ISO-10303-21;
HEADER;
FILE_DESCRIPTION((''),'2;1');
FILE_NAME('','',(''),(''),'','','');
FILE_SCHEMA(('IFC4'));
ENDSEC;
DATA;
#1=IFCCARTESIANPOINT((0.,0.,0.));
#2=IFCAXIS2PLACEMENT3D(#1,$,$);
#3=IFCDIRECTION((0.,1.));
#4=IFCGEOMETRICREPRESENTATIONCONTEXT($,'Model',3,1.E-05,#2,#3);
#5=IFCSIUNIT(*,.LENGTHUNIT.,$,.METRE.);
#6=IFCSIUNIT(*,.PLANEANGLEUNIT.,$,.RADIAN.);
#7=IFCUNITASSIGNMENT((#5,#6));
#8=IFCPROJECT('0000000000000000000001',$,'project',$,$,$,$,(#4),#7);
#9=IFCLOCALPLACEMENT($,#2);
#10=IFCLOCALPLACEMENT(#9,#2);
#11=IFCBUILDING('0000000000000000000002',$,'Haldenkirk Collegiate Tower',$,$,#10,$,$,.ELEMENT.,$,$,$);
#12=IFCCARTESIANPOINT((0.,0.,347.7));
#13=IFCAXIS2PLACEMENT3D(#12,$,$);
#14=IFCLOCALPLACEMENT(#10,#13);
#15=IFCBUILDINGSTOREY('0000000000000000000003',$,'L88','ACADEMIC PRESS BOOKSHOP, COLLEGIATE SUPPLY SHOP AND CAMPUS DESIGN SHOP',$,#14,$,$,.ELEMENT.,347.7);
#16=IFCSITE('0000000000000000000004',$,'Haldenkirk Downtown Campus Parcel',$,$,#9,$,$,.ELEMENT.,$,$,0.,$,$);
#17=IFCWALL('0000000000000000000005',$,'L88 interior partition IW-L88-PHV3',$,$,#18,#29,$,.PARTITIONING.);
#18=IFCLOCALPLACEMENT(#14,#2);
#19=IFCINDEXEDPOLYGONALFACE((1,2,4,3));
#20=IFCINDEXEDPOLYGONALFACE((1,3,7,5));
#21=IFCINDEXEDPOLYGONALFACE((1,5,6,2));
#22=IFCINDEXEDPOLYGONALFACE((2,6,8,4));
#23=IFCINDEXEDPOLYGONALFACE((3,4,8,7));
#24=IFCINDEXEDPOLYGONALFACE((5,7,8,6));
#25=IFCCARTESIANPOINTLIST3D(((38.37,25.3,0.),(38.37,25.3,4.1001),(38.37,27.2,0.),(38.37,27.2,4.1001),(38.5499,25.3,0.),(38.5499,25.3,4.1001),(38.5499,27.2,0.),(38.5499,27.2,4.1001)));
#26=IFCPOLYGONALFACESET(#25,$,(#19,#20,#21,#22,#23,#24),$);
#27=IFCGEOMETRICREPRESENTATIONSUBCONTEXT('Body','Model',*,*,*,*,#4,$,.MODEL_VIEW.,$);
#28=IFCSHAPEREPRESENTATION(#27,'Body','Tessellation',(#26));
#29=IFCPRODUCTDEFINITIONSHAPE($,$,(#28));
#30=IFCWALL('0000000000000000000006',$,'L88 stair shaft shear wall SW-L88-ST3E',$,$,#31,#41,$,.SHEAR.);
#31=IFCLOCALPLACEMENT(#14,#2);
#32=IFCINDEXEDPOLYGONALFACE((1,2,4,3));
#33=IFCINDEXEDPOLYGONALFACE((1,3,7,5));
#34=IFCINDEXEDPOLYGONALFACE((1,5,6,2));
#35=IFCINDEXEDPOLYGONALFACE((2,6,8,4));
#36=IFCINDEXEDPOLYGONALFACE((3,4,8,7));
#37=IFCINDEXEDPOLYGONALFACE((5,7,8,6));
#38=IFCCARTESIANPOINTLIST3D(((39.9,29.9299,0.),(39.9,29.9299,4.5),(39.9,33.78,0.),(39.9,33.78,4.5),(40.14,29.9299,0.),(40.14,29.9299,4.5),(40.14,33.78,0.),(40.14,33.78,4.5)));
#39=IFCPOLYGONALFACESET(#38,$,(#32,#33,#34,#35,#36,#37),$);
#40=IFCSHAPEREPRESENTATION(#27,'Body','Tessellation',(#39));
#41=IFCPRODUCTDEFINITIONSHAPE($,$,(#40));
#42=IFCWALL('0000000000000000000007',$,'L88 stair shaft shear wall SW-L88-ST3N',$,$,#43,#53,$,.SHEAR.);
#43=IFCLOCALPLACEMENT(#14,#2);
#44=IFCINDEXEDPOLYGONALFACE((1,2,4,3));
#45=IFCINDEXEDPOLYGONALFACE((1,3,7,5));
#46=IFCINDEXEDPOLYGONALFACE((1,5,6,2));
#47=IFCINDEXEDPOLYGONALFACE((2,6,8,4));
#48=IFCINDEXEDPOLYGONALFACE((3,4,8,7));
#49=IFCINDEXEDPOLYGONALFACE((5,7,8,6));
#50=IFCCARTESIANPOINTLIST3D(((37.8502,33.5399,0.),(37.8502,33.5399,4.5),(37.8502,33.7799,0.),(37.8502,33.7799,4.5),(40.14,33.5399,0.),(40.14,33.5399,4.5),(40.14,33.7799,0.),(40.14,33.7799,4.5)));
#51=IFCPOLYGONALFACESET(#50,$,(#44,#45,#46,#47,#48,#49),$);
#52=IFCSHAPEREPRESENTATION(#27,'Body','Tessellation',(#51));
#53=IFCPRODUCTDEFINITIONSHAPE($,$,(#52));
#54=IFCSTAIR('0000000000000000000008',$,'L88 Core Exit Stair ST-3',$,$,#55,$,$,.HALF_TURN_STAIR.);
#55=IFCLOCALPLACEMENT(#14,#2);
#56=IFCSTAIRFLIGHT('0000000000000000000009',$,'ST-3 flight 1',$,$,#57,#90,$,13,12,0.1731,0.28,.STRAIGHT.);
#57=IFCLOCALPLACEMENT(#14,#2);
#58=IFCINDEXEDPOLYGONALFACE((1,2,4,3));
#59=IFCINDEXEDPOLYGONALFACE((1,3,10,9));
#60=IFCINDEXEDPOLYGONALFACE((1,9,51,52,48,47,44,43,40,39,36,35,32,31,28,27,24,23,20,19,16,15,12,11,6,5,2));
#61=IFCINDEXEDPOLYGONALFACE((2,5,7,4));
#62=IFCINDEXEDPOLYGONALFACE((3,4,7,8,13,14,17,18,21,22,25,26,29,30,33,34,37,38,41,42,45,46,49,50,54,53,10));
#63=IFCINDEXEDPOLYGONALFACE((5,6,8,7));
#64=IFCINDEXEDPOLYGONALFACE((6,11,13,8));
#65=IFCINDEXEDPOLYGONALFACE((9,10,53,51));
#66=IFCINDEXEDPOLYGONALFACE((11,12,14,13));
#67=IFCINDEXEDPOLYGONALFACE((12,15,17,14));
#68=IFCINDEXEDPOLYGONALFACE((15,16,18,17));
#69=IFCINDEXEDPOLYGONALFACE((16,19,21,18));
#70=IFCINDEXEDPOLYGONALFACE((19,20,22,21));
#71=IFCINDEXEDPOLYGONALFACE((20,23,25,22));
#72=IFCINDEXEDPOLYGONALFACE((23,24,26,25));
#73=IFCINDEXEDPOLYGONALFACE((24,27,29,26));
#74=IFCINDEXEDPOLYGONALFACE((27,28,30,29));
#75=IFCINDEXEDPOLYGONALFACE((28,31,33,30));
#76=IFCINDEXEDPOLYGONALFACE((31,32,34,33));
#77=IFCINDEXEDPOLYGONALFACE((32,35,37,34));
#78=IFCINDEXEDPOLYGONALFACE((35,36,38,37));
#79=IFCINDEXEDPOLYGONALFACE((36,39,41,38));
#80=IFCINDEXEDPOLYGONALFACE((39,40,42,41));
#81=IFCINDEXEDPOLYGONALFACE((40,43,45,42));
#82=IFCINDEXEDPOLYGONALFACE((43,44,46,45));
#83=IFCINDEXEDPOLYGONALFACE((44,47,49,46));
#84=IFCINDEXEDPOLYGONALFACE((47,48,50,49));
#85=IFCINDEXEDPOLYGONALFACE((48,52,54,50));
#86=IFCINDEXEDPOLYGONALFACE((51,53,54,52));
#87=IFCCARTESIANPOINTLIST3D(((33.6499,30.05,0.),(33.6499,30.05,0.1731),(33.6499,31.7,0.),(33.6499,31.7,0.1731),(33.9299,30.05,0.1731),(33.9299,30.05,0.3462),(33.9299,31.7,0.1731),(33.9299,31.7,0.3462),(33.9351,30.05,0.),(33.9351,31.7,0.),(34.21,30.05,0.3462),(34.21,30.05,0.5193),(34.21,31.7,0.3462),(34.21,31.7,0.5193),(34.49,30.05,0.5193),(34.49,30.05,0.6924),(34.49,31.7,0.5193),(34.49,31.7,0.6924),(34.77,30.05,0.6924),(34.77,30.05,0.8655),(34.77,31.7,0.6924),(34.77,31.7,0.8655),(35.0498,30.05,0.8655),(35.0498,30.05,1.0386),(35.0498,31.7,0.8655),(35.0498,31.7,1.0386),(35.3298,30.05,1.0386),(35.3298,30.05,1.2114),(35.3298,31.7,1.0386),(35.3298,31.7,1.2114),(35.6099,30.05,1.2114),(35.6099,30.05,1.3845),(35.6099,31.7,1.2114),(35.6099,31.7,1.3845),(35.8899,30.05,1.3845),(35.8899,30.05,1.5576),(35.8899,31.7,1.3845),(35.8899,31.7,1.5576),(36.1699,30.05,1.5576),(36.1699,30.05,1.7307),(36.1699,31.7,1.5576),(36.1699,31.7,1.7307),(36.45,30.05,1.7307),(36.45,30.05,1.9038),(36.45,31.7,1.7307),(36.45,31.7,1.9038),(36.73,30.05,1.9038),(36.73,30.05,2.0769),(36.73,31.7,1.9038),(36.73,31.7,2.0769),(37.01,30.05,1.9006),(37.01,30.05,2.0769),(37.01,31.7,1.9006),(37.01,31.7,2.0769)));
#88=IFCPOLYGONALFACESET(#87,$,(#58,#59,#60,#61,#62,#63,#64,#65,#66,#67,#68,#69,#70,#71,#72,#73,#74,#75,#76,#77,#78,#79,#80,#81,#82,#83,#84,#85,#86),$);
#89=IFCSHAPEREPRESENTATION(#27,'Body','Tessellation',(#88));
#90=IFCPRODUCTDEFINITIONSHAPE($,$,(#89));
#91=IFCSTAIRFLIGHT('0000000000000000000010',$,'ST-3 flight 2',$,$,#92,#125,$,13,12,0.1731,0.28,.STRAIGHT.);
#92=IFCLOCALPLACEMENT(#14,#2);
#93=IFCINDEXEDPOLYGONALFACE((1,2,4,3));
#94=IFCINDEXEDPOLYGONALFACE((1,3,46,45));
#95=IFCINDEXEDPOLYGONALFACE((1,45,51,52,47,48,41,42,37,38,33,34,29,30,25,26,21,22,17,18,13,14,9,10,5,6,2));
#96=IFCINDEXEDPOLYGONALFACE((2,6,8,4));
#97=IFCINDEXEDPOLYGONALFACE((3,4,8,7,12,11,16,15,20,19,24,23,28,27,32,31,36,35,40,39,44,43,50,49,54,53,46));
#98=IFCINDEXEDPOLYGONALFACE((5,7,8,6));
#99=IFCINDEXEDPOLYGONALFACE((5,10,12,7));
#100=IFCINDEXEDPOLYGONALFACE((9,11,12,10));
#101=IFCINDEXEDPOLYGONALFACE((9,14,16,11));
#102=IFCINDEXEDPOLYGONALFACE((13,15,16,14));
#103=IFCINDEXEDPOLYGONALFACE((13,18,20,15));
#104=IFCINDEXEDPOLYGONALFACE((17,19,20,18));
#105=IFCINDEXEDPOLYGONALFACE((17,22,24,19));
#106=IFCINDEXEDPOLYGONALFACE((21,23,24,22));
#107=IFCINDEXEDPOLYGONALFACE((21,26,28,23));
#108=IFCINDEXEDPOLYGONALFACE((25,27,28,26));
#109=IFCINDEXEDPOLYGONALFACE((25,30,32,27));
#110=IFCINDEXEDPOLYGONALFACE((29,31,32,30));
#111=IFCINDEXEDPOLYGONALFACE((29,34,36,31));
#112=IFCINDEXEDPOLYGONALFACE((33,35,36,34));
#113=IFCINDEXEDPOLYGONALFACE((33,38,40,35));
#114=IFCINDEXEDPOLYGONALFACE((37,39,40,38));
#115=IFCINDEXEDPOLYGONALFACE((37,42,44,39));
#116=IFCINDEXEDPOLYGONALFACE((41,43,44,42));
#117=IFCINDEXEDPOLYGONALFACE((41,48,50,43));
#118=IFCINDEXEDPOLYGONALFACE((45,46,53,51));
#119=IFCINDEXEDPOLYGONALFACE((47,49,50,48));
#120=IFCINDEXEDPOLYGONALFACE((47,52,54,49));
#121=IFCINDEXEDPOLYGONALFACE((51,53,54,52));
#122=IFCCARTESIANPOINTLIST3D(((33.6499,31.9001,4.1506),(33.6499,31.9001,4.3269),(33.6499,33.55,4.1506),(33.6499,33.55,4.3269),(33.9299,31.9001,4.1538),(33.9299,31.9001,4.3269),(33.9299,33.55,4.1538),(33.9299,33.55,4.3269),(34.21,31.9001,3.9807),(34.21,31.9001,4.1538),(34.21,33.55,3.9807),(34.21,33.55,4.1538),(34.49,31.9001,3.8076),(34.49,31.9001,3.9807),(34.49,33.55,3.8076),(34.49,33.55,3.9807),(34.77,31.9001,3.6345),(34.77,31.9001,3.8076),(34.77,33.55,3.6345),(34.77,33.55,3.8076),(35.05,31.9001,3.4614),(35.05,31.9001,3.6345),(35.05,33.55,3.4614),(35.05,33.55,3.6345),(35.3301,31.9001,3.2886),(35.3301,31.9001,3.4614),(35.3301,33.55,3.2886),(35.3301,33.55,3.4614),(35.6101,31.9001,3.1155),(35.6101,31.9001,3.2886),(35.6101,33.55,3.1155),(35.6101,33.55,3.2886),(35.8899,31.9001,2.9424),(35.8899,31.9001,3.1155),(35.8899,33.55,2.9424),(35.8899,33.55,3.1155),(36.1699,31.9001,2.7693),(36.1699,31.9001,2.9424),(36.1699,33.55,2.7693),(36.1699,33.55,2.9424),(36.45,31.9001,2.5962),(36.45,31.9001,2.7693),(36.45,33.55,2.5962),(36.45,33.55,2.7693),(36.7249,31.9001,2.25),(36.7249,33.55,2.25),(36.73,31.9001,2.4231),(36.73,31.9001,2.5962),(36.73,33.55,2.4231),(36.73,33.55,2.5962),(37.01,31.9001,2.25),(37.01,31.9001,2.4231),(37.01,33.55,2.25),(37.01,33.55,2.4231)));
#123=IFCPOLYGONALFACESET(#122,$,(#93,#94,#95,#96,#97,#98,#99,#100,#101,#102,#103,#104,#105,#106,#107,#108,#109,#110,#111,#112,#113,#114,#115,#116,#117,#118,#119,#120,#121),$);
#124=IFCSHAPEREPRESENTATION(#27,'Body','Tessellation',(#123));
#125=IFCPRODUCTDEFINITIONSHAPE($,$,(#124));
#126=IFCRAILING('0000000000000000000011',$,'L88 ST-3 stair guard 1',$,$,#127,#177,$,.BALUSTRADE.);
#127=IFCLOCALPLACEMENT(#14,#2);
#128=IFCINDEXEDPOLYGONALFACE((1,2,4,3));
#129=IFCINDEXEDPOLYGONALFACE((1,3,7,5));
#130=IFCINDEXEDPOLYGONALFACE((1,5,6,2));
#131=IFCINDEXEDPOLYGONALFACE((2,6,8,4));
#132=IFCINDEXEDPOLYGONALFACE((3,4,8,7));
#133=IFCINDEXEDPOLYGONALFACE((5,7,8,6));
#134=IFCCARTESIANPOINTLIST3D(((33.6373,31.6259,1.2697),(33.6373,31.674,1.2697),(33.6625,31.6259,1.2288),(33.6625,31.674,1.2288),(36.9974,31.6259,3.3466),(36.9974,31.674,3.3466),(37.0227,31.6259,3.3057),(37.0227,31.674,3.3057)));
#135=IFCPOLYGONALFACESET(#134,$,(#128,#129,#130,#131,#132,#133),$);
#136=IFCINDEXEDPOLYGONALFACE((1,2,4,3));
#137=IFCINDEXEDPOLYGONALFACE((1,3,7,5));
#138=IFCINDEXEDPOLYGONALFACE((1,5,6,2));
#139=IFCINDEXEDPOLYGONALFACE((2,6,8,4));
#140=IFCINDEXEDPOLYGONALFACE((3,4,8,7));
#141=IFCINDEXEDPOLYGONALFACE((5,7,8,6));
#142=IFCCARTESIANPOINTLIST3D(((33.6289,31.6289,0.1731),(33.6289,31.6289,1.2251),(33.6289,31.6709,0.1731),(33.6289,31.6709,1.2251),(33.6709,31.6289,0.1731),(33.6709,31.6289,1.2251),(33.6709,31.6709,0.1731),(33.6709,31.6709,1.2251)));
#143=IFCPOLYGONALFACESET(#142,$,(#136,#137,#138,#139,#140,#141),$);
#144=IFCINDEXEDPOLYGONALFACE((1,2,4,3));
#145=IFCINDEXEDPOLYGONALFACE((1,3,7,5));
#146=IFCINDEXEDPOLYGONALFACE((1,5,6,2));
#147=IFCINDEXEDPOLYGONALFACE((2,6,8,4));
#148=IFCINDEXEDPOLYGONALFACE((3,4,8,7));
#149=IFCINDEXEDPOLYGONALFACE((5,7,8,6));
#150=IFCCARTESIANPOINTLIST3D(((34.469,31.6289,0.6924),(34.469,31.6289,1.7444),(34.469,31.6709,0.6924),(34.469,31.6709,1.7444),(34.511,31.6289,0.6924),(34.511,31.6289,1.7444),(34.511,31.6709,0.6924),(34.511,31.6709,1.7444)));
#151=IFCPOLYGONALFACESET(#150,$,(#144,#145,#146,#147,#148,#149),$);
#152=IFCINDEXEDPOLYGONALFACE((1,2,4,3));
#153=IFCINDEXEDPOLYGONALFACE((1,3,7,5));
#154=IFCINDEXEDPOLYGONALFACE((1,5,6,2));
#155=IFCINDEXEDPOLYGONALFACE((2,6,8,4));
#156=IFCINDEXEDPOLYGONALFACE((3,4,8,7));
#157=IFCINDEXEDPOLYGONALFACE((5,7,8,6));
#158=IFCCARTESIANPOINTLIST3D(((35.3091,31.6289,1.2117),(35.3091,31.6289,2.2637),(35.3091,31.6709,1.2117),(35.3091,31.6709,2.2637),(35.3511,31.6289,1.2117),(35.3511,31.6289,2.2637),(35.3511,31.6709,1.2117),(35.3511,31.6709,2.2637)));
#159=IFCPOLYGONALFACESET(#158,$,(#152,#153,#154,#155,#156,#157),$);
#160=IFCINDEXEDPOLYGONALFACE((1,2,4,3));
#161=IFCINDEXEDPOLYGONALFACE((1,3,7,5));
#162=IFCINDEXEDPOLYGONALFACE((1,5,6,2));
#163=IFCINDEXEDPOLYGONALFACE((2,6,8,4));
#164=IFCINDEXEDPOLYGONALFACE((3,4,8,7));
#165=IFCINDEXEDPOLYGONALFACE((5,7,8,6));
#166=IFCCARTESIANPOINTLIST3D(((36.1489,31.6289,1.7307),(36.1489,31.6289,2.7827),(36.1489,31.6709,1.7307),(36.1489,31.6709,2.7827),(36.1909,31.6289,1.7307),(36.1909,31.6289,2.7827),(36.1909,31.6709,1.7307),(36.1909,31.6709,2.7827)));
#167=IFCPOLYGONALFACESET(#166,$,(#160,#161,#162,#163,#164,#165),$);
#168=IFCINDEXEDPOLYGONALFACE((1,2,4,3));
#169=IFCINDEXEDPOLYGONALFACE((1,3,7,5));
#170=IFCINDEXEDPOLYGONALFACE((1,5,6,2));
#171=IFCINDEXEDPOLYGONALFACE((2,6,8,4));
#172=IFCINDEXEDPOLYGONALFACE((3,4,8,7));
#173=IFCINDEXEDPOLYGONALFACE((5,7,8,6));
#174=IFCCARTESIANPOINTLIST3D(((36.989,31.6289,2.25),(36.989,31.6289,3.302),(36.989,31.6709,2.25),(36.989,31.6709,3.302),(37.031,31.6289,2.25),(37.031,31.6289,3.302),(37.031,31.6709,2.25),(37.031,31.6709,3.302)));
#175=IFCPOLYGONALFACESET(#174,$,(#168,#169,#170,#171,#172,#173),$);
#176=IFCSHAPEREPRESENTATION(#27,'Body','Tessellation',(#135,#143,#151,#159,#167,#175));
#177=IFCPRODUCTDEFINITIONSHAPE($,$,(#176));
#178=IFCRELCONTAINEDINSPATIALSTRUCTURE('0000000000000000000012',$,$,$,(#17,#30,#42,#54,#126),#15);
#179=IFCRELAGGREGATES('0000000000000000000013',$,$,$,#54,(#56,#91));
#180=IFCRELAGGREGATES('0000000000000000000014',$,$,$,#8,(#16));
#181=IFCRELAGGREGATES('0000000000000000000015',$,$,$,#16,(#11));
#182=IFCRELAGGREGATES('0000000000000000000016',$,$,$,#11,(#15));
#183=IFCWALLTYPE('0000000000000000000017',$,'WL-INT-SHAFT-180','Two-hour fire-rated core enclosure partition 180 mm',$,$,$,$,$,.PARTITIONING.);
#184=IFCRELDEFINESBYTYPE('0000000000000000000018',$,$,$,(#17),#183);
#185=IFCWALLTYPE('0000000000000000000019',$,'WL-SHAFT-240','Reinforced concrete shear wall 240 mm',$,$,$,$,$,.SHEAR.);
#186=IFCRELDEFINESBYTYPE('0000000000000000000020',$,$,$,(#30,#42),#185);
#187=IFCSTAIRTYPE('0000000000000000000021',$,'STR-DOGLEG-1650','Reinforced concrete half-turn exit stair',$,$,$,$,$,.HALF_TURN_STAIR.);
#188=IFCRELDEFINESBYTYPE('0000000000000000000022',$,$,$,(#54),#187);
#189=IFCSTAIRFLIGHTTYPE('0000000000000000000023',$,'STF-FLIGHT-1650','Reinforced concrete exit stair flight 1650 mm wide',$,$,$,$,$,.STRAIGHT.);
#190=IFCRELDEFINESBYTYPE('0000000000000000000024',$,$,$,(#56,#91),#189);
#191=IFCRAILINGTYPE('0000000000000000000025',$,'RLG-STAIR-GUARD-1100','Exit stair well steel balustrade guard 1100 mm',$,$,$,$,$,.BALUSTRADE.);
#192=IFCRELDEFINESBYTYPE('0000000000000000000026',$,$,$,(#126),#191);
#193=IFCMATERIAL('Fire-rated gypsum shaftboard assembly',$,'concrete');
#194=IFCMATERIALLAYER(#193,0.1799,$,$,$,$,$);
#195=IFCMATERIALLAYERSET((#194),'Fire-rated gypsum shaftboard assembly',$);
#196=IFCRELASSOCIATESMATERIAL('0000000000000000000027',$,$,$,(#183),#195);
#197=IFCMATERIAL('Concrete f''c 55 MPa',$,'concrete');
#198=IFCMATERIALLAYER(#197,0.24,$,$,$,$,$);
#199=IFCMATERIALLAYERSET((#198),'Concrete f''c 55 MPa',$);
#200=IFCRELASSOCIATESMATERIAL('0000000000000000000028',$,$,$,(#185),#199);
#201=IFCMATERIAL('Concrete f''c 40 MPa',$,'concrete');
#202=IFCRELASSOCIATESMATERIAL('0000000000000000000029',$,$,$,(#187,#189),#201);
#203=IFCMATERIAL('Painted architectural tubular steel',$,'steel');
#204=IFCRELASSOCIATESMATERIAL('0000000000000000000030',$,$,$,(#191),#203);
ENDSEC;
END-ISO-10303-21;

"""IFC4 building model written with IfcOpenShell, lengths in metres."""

from ifc_helpers import new_model, si_unit, direction, frame, frame_2d, origin, origin_2d, place, context, subcontext, project, spatial, polyline, rectangle, outline, extrude, material, layer, layer_set, type_object, element, aggregate, save


model = new_model("IFC4")

# Units and contexts
model_context = context("Model", 3, precision=1e-05, world=origin(), true_north=direction((0.0, 1.0)))
body_context = subcontext(model_context, "Body", "Model", "MODEL_VIEW")
ifc_project = project(units=[si_unit("LENGTHUNIT", "METRE"), si_unit("PLANEANGLEUNIT", "RADIAN")], contexts=[model_context])

# Site, building, storey
site_placement = place(None, origin())
site = spatial("IfcSite", under=ifc_project, at=site_placement, Name="Haldenkirk Downtown Campus Parcel", CompositionType="ELEMENT", RefElevation=0.0)
building_placement = place(site_placement, origin())
building = spatial("IfcBuilding", under=site, at=building_placement, Name="Haldenkirk Collegiate Tower", CompositionType="ELEMENT")
storey_placement = place(building_placement, frame((0.0, 0.0, 347.7)))
storey = spatial("IfcBuildingStorey", under=building, at=storey_placement, Name="L88", Description="ACADEMIC PRESS BOOKSHOP, COLLEGIATE SUPPLY SHOP AND CAMPUS DESIGN SHOP", CompositionType="ELEMENT", Elevation=347.7)

# Walls
ifc_material_1 = material(Name="Fire-rated gypsum shaftboard assembly", Category="concrete")
ifc_layer_1 = layer(ifc_material_1, 0.1799)
ifc_layer_set_1 = layer_set([ifc_layer_1], Name="Fire-rated gypsum shaftboard assembly")
wall_type_1 = type_object("IfcWallType", Name="WL-INT-SHAFT-180", Description="Two-hour fire-rated core enclosure partition 180 mm", PredefinedType="PARTITIONING", material=ifc_layer_set_1)
wall_1_placement = place(storey_placement, frame((38.46, 25.3, 0.0), z_axis=(0.0, 0.0, 1.0), x_axis=(0.0, 1.0, 0.0)))
element("IfcWall", 1, at=wall_1_placement, inside=storey, type_object=wall_type_1, Name="L88 interior partition IW-L88-PHV3", PredefinedType="PARTITIONING", context=body_context, shape_type="SweptSolid", body=[
    extrude(rectangle(XDim=1.8999, YDim=0.1799, at=frame_2d((0.95, 0.0))), origin(), (0.0, 0.0, 1.0), 4.1001),
])
ifc_material_2 = material(Name="Concrete f'c 55 MPa", Category="concrete")
ifc_layer_2 = layer(ifc_material_2, 0.24)
ifc_layer_set_2 = layer_set([ifc_layer_2], Name="Concrete f'c 55 MPa")
wall_type_2 = type_object("IfcWallType", Name="WL-SHAFT-240", Description="Reinforced concrete shear wall 240 mm", PredefinedType="SHEAR", material=ifc_layer_set_2)
wall_2_placement = place(storey_placement, frame((40.02, 29.9299, 0.0), z_axis=(0.0, 0.0, 1.0), x_axis=(0.0, 1.0, 0.0)))
element("IfcWall", 2, at=wall_2_placement, inside=storey, type_object=wall_type_2, Name="L88 stair shaft shear wall SW-L88-ST3E", PredefinedType="SHEAR", context=body_context, shape_type="SweptSolid", body=[
    extrude(rectangle(XDim=3.8501, YDim=0.24, at=frame_2d((1.925, 0.0))), origin(), (0.0, 0.0, 1.0), 4.5),
])
wall_3_placement = place(storey_placement, frame((37.8501, 33.6599, 0.0), z_axis=(0.0, 0.0, 1.0), x_axis=(1.0, 0.0, 0.0)))
element("IfcWall", 3, at=wall_3_placement, inside=storey, type_object=wall_type_2, Name="L88 stair shaft shear wall SW-L88-ST3N", PredefinedType="SHEAR", context=body_context, shape_type="SweptSolid", body=[
    extrude(rectangle(XDim=2.2898, YDim=0.24, at=frame_2d((1.145, 0.0))), origin(), (0.0, 0.0, 1.0), 4.5),
])

# Stair, stair flights
ifc_material_3 = material(Name="Concrete f'c 40 MPa", Category="concrete")
stair_type = type_object("IfcStairType", Name="STR-DOGLEG-1650", Description="Reinforced concrete half-turn exit stair", PredefinedType="HALF_TURN_STAIR", material=ifc_material_3)
stair_placement = place(storey_placement, origin())
stair = element("IfcStair", 4, at=stair_placement, inside=storey, type_object=stair_type, Name="L88 Core Exit Stair ST-3", PredefinedType="HALF_TURN_STAIR")
stair_flight_type = type_object("IfcStairFlightType", Name="STF-FLIGHT-1650", Description="Reinforced concrete exit stair flight 1650 mm wide", PredefinedType="STRAIGHT", material=ifc_material_3)
stair_flight_1_placement = place(storey_placement, frame((33.6499, 30.875, 0.0), z_axis=(0.0, 0.0, 1.0), x_axis=(1.0, 0.0, 0.0)))
stair_flight_1 = element("IfcStairFlight", 5, at=stair_flight_1_placement, type_object=stair_flight_type, Name="ST-3 flight 1", NumberOfRisers=13, NumberOfTreads=12, PredefinedType="STRAIGHT", RiserHeight=0.1731, TreadLength=0.28, context=body_context, shape_type="SweptSolid", body=[
    extrude(outline(polyline([(0.0, 0.0), (0.0, 0.1731), (0.28, 0.1731), (0.28, 0.3462), (0.5601, 0.3462), (0.5601, 0.5193), (0.8401, 0.5193), (0.8401, 0.6924), (1.1201, 0.6924), (1.1201, 0.8655), (1.3999, 0.8655), (1.3999, 1.0386), (1.6799, 1.0386), (1.6799, 1.2114), (1.96, 1.2114), (1.96, 1.3845), (2.24, 1.3845), (2.24, 1.5576), (2.52, 1.5576), (2.52, 1.7307), (2.8, 1.7307), (2.8, 1.9038), (3.0801, 1.9038), (3.0801, 2.0769), (3.3601, 2.0769), (3.3601, 2.25), (3.3601, 1.9006), (0.2852, 0.0), (0.0, 0.0)])), frame((0.0, 0.825, 0.0), z_axis=(0.0, -1.0, 0.0), x_axis=(1.0, 0.0, 0.0)), (0.0, 0.0, 1.0), 1.6499),
])
stair_flight_2_placement = place(storey_placement, frame((37.01, 32.7251, 2.25), z_axis=(0.0, 0.0, 1.0), x_axis=(-1.0, 0.0, 0.0)))
stair_flight_2 = element("IfcStairFlight", 6, at=stair_flight_2_placement, type_object=stair_flight_type, Name="ST-3 flight 2", NumberOfRisers=13, NumberOfTreads=12, PredefinedType="STRAIGHT", RiserHeight=0.1731, TreadLength=0.28, context=body_context, shape_type="SweptSolid", body=[
    extrude(outline(polyline([(0.0, 0.0), (0.0, 0.1731), (0.28, 0.1731), (0.28, 0.3462), (0.5601, 0.3462), (0.5601, 0.5193), (0.8401, 0.5193), (0.8401, 0.6924), (1.1201, 0.6924), (1.1201, 0.8655), (1.3999, 0.8655), (1.3999, 1.0386), (1.6799, 1.0386), (1.6799, 1.2114), (1.96, 1.2114), (1.96, 1.3845), (2.24, 1.3845), (2.24, 1.5576), (2.52, 1.5576), (2.52, 1.7307), (2.8, 1.7307), (2.8, 1.9038), (3.0801, 1.9038), (3.0801, 2.0769), (3.3601, 2.0769), (3.3601, 2.25), (3.3601, 1.9006), (0.2852, 0.0), (0.0, 0.0)])), frame((0.0, 0.825, 0.0), z_axis=(0.0, -1.0, 0.0), x_axis=(1.0, 0.0, 0.0)), (0.0, 0.0, 1.0), 1.6499),
])
aggregate(stair, [stair_flight_1, stair_flight_2])

# Railing
ifc_material_4 = material(Name="Painted architectural tubular steel", Category="steel")
railing_type_1 = type_object("IfcRailingType", Name="RLG-STAIR-GUARD-1100", Description="Exit stair well steel balustrade guard 1100 mm", PredefinedType="BALUSTRADE", material=ifc_material_4)
railing_1_placement = place(storey_placement, frame((33.6499, 31.6499, 0.1731)))
element("IfcRailing", 7, at=railing_1_placement, inside=storey, type_object=railing_type_1, Name="L88 ST-3 stair guard 1", PredefinedType="BALUSTRADE", context=body_context, shape_type="SweptSolid", body=[
    extrude(rectangle(XDim=0.0481, YDim=0.0481, at=origin_2d()), frame((0.0, 0.0, 1.0762), z_axis=(0.850623, 0.0, 0.525776), x_axis=(0.0, 1.0, 0.0)), (0.0, 0.0, 1.0), 3.9502),
    extrude(rectangle(XDim=0.042, YDim=0.042, at=origin_2d()), origin(), (0.0, 0.0, 1.0), 1.052),
    extrude(rectangle(XDim=0.042, YDim=0.042, at=origin_2d()), frame((0.8401, 0.0, 0.5193)), (0.0, 0.0, 1.0), 1.052),
    extrude(rectangle(XDim=0.042, YDim=0.042, at=origin_2d()), frame((1.6802, 0.0, 1.0386)), (0.0, 0.0, 1.0), 1.052),
    extrude(rectangle(XDim=0.042, YDim=0.042, at=origin_2d()), frame((2.52, 0.0, 1.5576)), (0.0, 0.0, 1.0), 1.052),
    extrude(rectangle(XDim=0.042, YDim=0.042, at=origin_2d()), frame((3.3601, 0.0, 2.0769)), (0.0, 0.0, 1.0), 1.052),
])

save(model, "model.ifc")
